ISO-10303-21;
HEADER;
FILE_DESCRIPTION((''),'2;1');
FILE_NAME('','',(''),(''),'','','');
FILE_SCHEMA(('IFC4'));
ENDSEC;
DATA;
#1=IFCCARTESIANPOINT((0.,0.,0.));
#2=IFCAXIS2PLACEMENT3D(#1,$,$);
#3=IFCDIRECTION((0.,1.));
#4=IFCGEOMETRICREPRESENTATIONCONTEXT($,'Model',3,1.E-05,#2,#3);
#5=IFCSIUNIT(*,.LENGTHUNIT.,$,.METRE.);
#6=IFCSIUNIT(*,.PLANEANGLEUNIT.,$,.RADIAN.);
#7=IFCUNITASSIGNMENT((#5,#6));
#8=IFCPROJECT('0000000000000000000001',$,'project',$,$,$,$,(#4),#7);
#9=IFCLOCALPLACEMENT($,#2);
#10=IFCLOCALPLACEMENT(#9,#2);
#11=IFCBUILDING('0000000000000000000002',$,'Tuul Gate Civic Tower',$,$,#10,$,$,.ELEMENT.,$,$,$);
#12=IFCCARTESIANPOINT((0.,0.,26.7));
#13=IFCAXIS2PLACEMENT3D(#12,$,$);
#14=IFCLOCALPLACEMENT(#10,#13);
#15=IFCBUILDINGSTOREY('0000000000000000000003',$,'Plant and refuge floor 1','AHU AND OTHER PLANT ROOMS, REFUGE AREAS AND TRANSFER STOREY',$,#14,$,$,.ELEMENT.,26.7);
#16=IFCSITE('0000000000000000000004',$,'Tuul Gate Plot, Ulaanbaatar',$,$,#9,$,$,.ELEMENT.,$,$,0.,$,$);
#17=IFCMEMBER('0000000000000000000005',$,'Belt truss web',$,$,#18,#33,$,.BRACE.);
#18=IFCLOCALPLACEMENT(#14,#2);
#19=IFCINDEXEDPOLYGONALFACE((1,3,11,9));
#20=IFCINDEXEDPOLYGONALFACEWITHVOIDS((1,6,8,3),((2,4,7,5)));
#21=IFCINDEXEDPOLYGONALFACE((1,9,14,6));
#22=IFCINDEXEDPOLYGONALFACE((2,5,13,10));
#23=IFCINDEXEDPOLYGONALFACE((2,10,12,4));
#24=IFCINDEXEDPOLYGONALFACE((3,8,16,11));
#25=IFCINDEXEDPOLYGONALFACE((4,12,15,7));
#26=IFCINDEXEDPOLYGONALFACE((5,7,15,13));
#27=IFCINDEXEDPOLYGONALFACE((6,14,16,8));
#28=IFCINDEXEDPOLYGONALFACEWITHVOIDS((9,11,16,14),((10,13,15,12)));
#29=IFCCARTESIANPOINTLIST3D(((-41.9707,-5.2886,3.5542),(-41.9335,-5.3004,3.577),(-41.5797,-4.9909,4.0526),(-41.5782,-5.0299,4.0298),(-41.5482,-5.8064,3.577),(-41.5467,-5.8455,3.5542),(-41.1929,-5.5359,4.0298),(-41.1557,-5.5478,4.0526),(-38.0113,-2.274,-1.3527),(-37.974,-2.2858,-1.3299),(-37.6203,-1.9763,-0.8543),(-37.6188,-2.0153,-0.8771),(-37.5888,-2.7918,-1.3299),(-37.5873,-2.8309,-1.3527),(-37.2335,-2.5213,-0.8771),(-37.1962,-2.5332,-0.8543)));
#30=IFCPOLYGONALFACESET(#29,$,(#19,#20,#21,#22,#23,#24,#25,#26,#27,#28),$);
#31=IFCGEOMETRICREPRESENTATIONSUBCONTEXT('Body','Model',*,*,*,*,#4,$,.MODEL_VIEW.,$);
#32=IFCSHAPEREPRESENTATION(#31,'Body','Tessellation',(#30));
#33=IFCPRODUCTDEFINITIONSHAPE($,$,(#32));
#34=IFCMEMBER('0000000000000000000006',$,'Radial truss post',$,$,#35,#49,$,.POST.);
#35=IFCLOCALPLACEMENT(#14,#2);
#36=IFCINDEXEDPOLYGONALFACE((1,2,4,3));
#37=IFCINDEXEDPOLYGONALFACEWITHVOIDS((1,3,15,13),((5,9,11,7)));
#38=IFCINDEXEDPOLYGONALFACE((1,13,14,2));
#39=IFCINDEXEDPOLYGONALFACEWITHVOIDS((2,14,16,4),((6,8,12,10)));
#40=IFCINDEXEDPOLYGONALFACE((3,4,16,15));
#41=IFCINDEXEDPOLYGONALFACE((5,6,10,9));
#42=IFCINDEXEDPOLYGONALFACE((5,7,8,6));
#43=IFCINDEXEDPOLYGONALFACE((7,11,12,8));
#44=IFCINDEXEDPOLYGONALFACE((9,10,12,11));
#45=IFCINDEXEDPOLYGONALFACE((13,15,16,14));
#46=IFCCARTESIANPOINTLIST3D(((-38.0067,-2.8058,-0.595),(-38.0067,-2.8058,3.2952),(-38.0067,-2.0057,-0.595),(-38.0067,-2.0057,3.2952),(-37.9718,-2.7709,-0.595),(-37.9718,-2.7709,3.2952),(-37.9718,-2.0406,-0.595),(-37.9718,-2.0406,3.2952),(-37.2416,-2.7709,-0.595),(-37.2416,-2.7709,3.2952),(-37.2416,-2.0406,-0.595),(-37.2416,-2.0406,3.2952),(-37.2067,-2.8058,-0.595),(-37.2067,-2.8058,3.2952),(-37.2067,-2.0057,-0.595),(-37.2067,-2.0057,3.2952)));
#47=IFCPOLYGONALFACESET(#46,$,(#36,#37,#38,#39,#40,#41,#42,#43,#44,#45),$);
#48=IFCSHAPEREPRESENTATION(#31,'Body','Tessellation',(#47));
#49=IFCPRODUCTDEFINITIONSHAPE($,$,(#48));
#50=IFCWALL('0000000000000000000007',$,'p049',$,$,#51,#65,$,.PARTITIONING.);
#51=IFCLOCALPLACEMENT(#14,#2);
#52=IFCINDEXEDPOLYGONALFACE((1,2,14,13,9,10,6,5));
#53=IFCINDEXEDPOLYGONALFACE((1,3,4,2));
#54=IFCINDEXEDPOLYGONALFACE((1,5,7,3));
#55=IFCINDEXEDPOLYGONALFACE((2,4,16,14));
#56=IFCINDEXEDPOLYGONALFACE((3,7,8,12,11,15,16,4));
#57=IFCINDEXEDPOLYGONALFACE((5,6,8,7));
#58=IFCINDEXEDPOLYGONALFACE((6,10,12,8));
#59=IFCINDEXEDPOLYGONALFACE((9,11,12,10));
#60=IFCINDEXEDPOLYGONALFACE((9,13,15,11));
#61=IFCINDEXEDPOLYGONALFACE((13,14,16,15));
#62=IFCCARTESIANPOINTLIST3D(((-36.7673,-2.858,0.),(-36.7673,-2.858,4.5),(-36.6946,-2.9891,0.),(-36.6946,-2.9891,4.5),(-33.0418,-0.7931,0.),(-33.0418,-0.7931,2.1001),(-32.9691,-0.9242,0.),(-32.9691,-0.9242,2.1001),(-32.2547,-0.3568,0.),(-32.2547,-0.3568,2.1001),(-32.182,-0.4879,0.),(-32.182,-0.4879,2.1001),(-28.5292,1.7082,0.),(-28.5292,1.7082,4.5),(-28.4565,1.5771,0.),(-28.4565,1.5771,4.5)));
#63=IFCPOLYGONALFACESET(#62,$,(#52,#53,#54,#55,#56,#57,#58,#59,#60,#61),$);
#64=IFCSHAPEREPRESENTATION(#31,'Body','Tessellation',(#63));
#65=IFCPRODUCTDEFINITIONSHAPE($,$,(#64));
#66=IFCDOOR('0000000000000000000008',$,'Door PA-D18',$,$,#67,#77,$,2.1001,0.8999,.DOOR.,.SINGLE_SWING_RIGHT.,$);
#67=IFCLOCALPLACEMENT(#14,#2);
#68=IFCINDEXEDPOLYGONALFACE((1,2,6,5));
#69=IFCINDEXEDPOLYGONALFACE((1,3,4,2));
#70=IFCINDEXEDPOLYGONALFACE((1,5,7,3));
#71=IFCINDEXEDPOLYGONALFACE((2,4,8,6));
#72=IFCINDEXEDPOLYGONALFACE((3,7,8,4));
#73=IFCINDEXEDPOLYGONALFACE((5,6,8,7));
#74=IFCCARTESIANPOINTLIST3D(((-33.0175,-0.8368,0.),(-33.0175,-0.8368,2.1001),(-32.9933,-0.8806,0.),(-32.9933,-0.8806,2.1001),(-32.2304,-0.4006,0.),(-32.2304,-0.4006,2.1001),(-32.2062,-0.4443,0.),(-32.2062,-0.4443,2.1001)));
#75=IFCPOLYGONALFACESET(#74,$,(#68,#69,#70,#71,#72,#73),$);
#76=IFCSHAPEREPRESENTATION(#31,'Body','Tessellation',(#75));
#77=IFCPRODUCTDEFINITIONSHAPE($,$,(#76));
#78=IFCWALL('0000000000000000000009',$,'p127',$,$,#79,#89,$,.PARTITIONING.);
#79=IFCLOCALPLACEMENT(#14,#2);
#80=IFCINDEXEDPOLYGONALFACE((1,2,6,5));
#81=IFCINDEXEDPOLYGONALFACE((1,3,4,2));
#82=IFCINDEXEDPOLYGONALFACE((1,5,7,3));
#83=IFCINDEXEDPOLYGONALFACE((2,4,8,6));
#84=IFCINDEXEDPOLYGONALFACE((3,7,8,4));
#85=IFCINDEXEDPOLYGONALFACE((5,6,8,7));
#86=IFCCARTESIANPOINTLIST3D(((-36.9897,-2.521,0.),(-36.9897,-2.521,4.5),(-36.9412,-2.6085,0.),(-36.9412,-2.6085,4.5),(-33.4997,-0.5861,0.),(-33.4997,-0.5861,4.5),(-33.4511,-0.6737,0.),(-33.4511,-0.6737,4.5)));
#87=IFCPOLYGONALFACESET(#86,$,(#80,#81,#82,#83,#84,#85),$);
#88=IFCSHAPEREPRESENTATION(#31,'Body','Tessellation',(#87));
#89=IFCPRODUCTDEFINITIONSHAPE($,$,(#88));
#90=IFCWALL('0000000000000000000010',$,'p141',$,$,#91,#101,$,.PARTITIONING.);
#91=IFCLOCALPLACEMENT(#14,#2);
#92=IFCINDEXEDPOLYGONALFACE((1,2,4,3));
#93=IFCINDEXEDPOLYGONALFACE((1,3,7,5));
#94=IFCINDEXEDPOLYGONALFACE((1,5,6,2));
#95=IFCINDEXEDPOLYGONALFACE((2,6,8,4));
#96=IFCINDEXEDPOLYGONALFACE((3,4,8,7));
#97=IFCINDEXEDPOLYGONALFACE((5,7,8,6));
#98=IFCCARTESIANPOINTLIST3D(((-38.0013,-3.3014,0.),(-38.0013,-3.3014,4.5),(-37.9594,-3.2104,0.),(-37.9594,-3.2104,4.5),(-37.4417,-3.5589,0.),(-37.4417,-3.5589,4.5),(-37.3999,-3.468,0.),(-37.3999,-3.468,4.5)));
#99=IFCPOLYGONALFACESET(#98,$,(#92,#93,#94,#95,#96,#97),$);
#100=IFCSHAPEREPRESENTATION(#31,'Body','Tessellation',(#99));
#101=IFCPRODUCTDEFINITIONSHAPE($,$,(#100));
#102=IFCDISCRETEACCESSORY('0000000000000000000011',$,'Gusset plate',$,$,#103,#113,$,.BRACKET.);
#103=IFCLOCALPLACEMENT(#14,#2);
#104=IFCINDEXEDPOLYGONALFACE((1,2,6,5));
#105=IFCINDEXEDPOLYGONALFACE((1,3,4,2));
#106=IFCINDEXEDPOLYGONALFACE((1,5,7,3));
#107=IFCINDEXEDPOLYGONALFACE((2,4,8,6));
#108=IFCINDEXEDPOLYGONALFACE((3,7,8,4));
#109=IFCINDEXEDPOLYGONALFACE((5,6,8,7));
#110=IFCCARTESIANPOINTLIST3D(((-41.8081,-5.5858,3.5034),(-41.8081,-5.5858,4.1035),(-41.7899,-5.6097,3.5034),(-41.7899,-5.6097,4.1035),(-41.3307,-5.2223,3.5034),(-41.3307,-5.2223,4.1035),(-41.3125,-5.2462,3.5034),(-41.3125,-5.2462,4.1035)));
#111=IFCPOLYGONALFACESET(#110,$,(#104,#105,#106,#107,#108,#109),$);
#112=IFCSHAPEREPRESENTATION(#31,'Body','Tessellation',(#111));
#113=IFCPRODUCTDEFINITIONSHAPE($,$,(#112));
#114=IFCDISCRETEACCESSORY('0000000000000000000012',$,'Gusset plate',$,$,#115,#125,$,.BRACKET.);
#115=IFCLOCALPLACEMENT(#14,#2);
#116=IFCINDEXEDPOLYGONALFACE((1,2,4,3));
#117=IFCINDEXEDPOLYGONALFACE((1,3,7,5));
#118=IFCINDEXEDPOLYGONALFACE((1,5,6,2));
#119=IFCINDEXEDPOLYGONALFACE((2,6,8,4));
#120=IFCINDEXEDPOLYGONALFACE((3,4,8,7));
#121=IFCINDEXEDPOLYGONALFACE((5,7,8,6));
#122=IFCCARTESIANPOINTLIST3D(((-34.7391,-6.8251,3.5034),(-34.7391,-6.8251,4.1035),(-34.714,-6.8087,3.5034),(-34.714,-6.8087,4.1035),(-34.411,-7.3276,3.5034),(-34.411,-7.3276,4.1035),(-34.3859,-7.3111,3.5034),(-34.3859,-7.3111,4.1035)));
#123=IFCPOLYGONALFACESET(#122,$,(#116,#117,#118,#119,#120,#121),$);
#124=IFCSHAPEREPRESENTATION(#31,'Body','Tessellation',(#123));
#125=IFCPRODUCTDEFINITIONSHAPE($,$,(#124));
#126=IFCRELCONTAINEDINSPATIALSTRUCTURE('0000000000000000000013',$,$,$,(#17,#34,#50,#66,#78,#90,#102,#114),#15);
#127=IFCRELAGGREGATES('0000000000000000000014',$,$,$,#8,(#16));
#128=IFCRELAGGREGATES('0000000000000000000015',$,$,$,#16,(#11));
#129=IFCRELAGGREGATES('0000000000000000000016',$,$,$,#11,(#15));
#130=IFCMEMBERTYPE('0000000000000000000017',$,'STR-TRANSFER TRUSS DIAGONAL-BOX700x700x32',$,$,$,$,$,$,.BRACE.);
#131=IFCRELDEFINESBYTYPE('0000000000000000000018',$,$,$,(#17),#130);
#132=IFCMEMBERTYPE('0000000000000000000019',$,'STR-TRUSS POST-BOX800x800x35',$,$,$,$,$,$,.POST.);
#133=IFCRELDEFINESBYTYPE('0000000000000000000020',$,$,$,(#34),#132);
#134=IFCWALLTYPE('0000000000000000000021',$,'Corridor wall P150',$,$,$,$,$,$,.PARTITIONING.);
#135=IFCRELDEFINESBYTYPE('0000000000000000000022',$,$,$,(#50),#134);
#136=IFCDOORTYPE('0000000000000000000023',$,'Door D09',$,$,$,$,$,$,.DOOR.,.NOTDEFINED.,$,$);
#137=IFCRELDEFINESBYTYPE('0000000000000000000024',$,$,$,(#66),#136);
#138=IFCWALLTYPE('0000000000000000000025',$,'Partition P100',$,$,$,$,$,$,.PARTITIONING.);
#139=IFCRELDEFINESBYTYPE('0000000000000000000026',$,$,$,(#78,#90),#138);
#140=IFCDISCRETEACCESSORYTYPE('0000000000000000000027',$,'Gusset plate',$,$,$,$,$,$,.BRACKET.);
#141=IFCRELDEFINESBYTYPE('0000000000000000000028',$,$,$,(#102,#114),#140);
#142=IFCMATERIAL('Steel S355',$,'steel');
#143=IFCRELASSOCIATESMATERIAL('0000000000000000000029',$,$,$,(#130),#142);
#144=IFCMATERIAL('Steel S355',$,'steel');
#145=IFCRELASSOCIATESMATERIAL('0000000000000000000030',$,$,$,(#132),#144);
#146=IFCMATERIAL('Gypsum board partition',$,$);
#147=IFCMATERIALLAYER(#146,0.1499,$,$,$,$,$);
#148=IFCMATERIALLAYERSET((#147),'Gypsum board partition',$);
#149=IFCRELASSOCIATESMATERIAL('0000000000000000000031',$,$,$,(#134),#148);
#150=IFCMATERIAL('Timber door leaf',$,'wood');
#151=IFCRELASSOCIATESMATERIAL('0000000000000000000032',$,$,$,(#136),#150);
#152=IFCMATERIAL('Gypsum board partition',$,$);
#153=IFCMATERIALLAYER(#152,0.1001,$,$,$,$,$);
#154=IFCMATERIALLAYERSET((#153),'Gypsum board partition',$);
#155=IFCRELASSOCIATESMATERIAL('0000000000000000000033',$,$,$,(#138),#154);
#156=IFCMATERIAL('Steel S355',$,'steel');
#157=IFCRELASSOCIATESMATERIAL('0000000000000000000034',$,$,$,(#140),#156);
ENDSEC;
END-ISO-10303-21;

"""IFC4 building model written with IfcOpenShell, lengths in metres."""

from ifc_helpers import new_model, si_unit, direction, frame, frame_2d, origin, origin_2d, place, context, subcontext, project, spatial, rectangle, hollow_rectangle, extrude, material, layer, layer_set, material_profile, profile_set, type_object, element, fill, save


model = new_model("IFC4")

# Units and contexts
model_context = context("Model", 3, precision=1e-05, world=origin(), true_north=direction((0.0, 1.0)))
body_context = subcontext(model_context, "Body", "Model", "MODEL_VIEW")
ifc_project = project(units=[si_unit("LENGTHUNIT", "METRE"), si_unit("PLANEANGLEUNIT", "RADIAN")], contexts=[model_context])

# Site, building, storey
site_placement = place(None, origin())
site = spatial("IfcSite", under=ifc_project, at=site_placement, Name="Tuul Gate Plot, Ulaanbaatar", CompositionType="ELEMENT", RefElevation=0.0)
building_placement = place(site_placement, origin())
building = spatial("IfcBuilding", under=site, at=building_placement, Name="Tuul Gate Civic Tower", CompositionType="ELEMENT")
storey_placement = place(building_placement, frame((0.0, 0.0, 26.7)))
storey = spatial("IfcBuildingStorey", under=building, at=storey_placement, Name="Plant and refuge floor 1", Description="AHU AND OTHER PLANT ROOMS, REFUGE AREAS AND TRANSFER STOREY", CompositionType="ELEMENT", Elevation=26.7)

# Members
ifc_material_1 = material(Name="Steel S355", Category="steel")
ifc_material_profile_1 = material_profile(ifc_material_1, hollow_rectangle(XDim=0.7, YDim=0.7, WallThickness=0.032, at=origin_2d()), Name="BOX700x700x32")
ifc_profile_set_1 = profile_set([ifc_material_profile_1], Name="Steel S355")
member_type_1 = type_object("IfcMemberType", Name="STR-TRANSFER TRUSS DIAGONAL-BOX700x700x32", PredefinedType="BRACE", material=ifc_profile_set_1)
member_1_placement = place(storey_placement, frame((-37.6038, -2.4036, -1.1035), z_axis=(-0.566541, -0.431351, 0.702116), x_axis=(0.605777, -0.795634, 0.0)))
element("IfcMember", 1, at=member_1_placement, inside=storey, type_object=member_type_1, Name="Belt truss web", PredefinedType="BRACE", context=body_context, shape_type="SweptSolid", body=[
    extrude(hollow_rectangle(XDim=0.7, YDim=0.7, WallThickness=0.032, at=origin_2d()), origin(), (0.0, 0.0, 1.0), 6.9888),
])
ifc_material_2 = material(Name="Steel S355", Category="steel")
ifc_material_profile_2 = material_profile(ifc_material_2, hollow_rectangle(XDim=0.8, YDim=0.8, WallThickness=0.0349, at=origin_2d()), Name="BOX800x800x35")
ifc_profile_set_2 = profile_set([ifc_material_profile_2], Name="Steel S355")
member_type_2 = type_object("IfcMemberType", Name="STR-TRUSS POST-BOX800x800x35", PredefinedType="POST", material=ifc_profile_set_2)
member_2_placement = place(storey_placement, frame((-37.6067, -2.4058, -0.595), z_axis=(0.0, 0.0, 1.0), x_axis=(1.0, 0.0, 0.0)))
element("IfcMember", 2, at=member_2_placement, inside=storey, type_object=member_type_2, Name="Radial truss post", PredefinedType="POST", context=body_context, shape_type="SweptSolid", body=[
    extrude(hollow_rectangle(XDim=0.8, YDim=0.8, WallThickness=0.0349, at=origin_2d()), origin(), (0.0, 0.0, 1.0), 3.8901),
])

# Wall, opening, door
ifc_material_3 = material(Name="Gypsum board partition")
ifc_layer_1 = layer(ifc_material_3, 0.1499)
ifc_layer_set_1 = layer_set([ifc_layer_1], Name="Gypsum board partition")
wall_type_1 = type_object("IfcWallType", Name="Corridor wall P150", PredefinedType="PARTITIONING", material=ifc_layer_set_1)
wall_1_placement = place(storey_placement, frame((-36.731, -2.9236, 0.0), z_axis=(0.0, 0.0, 1.0), x_axis=(0.874631, 0.484789, 0.0)))
wall_1 = element("IfcWall", 3, at=wall_1_placement, inside=storey, type_object=wall_type_1, Name="p049", PredefinedType="PARTITIONING", context=body_context, shape_type="SweptSolid", body=[
    extrude(rectangle(XDim=9.4189, YDim=0.1499, at=frame_2d((4.7095, 0.0))), origin(), (0.0, 0.0, 1.0), 4.5),
])
opening_placement = place(wall_1_placement, frame((4.2595, 0.0, 0.0)))
opening = element("IfcOpeningElement", 4, at=opening_placement, cuts=wall_1, PredefinedType="OPENING", context=body_context, shape_type="SweptSolid", body=[
    extrude(rectangle(XDim=0.8999, YDim=2.1001, at=frame_2d((0.45, 1.05))), frame((0.0, 0.085, 0.0), z_axis=(0.0, -1.0, 0.0), x_axis=(1.0, 0.0, 0.0)), (0.0, 0.0, 1.0), 0.1699),
])
ifc_material_4 = material(Name="Timber door leaf", Category="wood")
door_type = type_object("IfcDoorType", Name="Door D09", OperationType="NOTDEFINED", PredefinedType="DOOR", material=ifc_material_4)
door_placement = place(opening_placement, origin())
door = element("IfcDoor", 5, at=door_placement, inside=storey, type_object=door_type, Name="Door PA-D18", OperationType="SINGLE_SWING_RIGHT", OverallHeight=2.1001, OverallWidth=0.8999, PredefinedType="DOOR", context=body_context, shape_type="SweptSolid", body=[
    extrude(rectangle(XDim=0.8999, YDim=2.1001, at=frame_2d((0.45, 1.05))), frame((0.0, 0.0249, 0.0), z_axis=(0.0, -1.0, 0.0), x_axis=(1.0, 0.0, 0.0)), (0.0, 0.0, 1.0), 0.05),
])
fill(opening, door)

# Walls
ifc_material_5 = material(Name="Gypsum board partition")
ifc_layer_2 = layer(ifc_material_5, 0.1001)
ifc_layer_set_2 = layer_set([ifc_layer_2], Name="Gypsum board partition")
wall_type_2 = type_object("IfcWallType", Name="Partition P100", PredefinedType="PARTITIONING", material=ifc_layer_set_2)
wall_2_placement = place(storey_placement, frame((-36.9653, -2.5647, 0.0), z_axis=(0.0, 0.0, 1.0), x_axis=(0.87459, 0.484864, 0.0)))
element("IfcWall", 6, at=wall_2_placement, inside=storey, type_object=wall_type_2, Name="p127", PredefinedType="PARTITIONING", context=body_context, shape_type="SweptSolid", body=[
    extrude(rectangle(XDim=3.9905, YDim=0.1001, at=frame_2d((1.9951, 0.0))), origin(), (0.0, 0.0, 1.0), 4.5),
])
wall_3_placement = place(storey_placement, frame((-37.9805, -3.2559, 0.0), z_axis=(0.0, 0.0, 1.0), x_axis=(0.908388, -0.418128, 0.0)))
element("IfcWall", 7, at=wall_3_placement, inside=storey, type_object=wall_type_2, Name="p141", PredefinedType="PARTITIONING", context=body_context, shape_type="SweptSolid", body=[
    extrude(rectangle(XDim=0.616, YDim=0.1001, at=frame_2d((0.3081, 0.0))), origin(), (0.0, 0.0, 1.0), 4.5),
])

# Discrete accessories
ifc_material_6 = material(Name="Steel S355", Category="steel")
discrete_accessory_type = type_object("IfcDiscreteAccessoryType", Name="Gusset plate", PredefinedType="BRACKET", material=ifc_material_6)
for number, where, z_axis, x_axis, name in (
    (8, (-41.5603, -5.416, 3.5034), (0.0, 0.0, 1.0), (-0.795624, -0.605791, 0.0), "Gusset plate"),
    (9, (-34.5625, -7.0681, 3.5034), (0.0, 0.0, 1.0), (-0.546705, 0.837325, 0.0), "Gusset plate"),
):
    element("IfcDiscreteAccessory", number, at=place(storey_placement, frame(where, z_axis=z_axis, x_axis=x_axis)), inside=storey, type_object=discrete_accessory_type, Name=name, PredefinedType="BRACKET", context=body_context, shape_type="SweptSolid", body=[
        extrude(rectangle(XDim=0.6001, YDim=0.03, at=origin_2d()), origin(), (0.0, 0.0, 1.0), 0.6001),
    ])

save(model, "model.ifc")
